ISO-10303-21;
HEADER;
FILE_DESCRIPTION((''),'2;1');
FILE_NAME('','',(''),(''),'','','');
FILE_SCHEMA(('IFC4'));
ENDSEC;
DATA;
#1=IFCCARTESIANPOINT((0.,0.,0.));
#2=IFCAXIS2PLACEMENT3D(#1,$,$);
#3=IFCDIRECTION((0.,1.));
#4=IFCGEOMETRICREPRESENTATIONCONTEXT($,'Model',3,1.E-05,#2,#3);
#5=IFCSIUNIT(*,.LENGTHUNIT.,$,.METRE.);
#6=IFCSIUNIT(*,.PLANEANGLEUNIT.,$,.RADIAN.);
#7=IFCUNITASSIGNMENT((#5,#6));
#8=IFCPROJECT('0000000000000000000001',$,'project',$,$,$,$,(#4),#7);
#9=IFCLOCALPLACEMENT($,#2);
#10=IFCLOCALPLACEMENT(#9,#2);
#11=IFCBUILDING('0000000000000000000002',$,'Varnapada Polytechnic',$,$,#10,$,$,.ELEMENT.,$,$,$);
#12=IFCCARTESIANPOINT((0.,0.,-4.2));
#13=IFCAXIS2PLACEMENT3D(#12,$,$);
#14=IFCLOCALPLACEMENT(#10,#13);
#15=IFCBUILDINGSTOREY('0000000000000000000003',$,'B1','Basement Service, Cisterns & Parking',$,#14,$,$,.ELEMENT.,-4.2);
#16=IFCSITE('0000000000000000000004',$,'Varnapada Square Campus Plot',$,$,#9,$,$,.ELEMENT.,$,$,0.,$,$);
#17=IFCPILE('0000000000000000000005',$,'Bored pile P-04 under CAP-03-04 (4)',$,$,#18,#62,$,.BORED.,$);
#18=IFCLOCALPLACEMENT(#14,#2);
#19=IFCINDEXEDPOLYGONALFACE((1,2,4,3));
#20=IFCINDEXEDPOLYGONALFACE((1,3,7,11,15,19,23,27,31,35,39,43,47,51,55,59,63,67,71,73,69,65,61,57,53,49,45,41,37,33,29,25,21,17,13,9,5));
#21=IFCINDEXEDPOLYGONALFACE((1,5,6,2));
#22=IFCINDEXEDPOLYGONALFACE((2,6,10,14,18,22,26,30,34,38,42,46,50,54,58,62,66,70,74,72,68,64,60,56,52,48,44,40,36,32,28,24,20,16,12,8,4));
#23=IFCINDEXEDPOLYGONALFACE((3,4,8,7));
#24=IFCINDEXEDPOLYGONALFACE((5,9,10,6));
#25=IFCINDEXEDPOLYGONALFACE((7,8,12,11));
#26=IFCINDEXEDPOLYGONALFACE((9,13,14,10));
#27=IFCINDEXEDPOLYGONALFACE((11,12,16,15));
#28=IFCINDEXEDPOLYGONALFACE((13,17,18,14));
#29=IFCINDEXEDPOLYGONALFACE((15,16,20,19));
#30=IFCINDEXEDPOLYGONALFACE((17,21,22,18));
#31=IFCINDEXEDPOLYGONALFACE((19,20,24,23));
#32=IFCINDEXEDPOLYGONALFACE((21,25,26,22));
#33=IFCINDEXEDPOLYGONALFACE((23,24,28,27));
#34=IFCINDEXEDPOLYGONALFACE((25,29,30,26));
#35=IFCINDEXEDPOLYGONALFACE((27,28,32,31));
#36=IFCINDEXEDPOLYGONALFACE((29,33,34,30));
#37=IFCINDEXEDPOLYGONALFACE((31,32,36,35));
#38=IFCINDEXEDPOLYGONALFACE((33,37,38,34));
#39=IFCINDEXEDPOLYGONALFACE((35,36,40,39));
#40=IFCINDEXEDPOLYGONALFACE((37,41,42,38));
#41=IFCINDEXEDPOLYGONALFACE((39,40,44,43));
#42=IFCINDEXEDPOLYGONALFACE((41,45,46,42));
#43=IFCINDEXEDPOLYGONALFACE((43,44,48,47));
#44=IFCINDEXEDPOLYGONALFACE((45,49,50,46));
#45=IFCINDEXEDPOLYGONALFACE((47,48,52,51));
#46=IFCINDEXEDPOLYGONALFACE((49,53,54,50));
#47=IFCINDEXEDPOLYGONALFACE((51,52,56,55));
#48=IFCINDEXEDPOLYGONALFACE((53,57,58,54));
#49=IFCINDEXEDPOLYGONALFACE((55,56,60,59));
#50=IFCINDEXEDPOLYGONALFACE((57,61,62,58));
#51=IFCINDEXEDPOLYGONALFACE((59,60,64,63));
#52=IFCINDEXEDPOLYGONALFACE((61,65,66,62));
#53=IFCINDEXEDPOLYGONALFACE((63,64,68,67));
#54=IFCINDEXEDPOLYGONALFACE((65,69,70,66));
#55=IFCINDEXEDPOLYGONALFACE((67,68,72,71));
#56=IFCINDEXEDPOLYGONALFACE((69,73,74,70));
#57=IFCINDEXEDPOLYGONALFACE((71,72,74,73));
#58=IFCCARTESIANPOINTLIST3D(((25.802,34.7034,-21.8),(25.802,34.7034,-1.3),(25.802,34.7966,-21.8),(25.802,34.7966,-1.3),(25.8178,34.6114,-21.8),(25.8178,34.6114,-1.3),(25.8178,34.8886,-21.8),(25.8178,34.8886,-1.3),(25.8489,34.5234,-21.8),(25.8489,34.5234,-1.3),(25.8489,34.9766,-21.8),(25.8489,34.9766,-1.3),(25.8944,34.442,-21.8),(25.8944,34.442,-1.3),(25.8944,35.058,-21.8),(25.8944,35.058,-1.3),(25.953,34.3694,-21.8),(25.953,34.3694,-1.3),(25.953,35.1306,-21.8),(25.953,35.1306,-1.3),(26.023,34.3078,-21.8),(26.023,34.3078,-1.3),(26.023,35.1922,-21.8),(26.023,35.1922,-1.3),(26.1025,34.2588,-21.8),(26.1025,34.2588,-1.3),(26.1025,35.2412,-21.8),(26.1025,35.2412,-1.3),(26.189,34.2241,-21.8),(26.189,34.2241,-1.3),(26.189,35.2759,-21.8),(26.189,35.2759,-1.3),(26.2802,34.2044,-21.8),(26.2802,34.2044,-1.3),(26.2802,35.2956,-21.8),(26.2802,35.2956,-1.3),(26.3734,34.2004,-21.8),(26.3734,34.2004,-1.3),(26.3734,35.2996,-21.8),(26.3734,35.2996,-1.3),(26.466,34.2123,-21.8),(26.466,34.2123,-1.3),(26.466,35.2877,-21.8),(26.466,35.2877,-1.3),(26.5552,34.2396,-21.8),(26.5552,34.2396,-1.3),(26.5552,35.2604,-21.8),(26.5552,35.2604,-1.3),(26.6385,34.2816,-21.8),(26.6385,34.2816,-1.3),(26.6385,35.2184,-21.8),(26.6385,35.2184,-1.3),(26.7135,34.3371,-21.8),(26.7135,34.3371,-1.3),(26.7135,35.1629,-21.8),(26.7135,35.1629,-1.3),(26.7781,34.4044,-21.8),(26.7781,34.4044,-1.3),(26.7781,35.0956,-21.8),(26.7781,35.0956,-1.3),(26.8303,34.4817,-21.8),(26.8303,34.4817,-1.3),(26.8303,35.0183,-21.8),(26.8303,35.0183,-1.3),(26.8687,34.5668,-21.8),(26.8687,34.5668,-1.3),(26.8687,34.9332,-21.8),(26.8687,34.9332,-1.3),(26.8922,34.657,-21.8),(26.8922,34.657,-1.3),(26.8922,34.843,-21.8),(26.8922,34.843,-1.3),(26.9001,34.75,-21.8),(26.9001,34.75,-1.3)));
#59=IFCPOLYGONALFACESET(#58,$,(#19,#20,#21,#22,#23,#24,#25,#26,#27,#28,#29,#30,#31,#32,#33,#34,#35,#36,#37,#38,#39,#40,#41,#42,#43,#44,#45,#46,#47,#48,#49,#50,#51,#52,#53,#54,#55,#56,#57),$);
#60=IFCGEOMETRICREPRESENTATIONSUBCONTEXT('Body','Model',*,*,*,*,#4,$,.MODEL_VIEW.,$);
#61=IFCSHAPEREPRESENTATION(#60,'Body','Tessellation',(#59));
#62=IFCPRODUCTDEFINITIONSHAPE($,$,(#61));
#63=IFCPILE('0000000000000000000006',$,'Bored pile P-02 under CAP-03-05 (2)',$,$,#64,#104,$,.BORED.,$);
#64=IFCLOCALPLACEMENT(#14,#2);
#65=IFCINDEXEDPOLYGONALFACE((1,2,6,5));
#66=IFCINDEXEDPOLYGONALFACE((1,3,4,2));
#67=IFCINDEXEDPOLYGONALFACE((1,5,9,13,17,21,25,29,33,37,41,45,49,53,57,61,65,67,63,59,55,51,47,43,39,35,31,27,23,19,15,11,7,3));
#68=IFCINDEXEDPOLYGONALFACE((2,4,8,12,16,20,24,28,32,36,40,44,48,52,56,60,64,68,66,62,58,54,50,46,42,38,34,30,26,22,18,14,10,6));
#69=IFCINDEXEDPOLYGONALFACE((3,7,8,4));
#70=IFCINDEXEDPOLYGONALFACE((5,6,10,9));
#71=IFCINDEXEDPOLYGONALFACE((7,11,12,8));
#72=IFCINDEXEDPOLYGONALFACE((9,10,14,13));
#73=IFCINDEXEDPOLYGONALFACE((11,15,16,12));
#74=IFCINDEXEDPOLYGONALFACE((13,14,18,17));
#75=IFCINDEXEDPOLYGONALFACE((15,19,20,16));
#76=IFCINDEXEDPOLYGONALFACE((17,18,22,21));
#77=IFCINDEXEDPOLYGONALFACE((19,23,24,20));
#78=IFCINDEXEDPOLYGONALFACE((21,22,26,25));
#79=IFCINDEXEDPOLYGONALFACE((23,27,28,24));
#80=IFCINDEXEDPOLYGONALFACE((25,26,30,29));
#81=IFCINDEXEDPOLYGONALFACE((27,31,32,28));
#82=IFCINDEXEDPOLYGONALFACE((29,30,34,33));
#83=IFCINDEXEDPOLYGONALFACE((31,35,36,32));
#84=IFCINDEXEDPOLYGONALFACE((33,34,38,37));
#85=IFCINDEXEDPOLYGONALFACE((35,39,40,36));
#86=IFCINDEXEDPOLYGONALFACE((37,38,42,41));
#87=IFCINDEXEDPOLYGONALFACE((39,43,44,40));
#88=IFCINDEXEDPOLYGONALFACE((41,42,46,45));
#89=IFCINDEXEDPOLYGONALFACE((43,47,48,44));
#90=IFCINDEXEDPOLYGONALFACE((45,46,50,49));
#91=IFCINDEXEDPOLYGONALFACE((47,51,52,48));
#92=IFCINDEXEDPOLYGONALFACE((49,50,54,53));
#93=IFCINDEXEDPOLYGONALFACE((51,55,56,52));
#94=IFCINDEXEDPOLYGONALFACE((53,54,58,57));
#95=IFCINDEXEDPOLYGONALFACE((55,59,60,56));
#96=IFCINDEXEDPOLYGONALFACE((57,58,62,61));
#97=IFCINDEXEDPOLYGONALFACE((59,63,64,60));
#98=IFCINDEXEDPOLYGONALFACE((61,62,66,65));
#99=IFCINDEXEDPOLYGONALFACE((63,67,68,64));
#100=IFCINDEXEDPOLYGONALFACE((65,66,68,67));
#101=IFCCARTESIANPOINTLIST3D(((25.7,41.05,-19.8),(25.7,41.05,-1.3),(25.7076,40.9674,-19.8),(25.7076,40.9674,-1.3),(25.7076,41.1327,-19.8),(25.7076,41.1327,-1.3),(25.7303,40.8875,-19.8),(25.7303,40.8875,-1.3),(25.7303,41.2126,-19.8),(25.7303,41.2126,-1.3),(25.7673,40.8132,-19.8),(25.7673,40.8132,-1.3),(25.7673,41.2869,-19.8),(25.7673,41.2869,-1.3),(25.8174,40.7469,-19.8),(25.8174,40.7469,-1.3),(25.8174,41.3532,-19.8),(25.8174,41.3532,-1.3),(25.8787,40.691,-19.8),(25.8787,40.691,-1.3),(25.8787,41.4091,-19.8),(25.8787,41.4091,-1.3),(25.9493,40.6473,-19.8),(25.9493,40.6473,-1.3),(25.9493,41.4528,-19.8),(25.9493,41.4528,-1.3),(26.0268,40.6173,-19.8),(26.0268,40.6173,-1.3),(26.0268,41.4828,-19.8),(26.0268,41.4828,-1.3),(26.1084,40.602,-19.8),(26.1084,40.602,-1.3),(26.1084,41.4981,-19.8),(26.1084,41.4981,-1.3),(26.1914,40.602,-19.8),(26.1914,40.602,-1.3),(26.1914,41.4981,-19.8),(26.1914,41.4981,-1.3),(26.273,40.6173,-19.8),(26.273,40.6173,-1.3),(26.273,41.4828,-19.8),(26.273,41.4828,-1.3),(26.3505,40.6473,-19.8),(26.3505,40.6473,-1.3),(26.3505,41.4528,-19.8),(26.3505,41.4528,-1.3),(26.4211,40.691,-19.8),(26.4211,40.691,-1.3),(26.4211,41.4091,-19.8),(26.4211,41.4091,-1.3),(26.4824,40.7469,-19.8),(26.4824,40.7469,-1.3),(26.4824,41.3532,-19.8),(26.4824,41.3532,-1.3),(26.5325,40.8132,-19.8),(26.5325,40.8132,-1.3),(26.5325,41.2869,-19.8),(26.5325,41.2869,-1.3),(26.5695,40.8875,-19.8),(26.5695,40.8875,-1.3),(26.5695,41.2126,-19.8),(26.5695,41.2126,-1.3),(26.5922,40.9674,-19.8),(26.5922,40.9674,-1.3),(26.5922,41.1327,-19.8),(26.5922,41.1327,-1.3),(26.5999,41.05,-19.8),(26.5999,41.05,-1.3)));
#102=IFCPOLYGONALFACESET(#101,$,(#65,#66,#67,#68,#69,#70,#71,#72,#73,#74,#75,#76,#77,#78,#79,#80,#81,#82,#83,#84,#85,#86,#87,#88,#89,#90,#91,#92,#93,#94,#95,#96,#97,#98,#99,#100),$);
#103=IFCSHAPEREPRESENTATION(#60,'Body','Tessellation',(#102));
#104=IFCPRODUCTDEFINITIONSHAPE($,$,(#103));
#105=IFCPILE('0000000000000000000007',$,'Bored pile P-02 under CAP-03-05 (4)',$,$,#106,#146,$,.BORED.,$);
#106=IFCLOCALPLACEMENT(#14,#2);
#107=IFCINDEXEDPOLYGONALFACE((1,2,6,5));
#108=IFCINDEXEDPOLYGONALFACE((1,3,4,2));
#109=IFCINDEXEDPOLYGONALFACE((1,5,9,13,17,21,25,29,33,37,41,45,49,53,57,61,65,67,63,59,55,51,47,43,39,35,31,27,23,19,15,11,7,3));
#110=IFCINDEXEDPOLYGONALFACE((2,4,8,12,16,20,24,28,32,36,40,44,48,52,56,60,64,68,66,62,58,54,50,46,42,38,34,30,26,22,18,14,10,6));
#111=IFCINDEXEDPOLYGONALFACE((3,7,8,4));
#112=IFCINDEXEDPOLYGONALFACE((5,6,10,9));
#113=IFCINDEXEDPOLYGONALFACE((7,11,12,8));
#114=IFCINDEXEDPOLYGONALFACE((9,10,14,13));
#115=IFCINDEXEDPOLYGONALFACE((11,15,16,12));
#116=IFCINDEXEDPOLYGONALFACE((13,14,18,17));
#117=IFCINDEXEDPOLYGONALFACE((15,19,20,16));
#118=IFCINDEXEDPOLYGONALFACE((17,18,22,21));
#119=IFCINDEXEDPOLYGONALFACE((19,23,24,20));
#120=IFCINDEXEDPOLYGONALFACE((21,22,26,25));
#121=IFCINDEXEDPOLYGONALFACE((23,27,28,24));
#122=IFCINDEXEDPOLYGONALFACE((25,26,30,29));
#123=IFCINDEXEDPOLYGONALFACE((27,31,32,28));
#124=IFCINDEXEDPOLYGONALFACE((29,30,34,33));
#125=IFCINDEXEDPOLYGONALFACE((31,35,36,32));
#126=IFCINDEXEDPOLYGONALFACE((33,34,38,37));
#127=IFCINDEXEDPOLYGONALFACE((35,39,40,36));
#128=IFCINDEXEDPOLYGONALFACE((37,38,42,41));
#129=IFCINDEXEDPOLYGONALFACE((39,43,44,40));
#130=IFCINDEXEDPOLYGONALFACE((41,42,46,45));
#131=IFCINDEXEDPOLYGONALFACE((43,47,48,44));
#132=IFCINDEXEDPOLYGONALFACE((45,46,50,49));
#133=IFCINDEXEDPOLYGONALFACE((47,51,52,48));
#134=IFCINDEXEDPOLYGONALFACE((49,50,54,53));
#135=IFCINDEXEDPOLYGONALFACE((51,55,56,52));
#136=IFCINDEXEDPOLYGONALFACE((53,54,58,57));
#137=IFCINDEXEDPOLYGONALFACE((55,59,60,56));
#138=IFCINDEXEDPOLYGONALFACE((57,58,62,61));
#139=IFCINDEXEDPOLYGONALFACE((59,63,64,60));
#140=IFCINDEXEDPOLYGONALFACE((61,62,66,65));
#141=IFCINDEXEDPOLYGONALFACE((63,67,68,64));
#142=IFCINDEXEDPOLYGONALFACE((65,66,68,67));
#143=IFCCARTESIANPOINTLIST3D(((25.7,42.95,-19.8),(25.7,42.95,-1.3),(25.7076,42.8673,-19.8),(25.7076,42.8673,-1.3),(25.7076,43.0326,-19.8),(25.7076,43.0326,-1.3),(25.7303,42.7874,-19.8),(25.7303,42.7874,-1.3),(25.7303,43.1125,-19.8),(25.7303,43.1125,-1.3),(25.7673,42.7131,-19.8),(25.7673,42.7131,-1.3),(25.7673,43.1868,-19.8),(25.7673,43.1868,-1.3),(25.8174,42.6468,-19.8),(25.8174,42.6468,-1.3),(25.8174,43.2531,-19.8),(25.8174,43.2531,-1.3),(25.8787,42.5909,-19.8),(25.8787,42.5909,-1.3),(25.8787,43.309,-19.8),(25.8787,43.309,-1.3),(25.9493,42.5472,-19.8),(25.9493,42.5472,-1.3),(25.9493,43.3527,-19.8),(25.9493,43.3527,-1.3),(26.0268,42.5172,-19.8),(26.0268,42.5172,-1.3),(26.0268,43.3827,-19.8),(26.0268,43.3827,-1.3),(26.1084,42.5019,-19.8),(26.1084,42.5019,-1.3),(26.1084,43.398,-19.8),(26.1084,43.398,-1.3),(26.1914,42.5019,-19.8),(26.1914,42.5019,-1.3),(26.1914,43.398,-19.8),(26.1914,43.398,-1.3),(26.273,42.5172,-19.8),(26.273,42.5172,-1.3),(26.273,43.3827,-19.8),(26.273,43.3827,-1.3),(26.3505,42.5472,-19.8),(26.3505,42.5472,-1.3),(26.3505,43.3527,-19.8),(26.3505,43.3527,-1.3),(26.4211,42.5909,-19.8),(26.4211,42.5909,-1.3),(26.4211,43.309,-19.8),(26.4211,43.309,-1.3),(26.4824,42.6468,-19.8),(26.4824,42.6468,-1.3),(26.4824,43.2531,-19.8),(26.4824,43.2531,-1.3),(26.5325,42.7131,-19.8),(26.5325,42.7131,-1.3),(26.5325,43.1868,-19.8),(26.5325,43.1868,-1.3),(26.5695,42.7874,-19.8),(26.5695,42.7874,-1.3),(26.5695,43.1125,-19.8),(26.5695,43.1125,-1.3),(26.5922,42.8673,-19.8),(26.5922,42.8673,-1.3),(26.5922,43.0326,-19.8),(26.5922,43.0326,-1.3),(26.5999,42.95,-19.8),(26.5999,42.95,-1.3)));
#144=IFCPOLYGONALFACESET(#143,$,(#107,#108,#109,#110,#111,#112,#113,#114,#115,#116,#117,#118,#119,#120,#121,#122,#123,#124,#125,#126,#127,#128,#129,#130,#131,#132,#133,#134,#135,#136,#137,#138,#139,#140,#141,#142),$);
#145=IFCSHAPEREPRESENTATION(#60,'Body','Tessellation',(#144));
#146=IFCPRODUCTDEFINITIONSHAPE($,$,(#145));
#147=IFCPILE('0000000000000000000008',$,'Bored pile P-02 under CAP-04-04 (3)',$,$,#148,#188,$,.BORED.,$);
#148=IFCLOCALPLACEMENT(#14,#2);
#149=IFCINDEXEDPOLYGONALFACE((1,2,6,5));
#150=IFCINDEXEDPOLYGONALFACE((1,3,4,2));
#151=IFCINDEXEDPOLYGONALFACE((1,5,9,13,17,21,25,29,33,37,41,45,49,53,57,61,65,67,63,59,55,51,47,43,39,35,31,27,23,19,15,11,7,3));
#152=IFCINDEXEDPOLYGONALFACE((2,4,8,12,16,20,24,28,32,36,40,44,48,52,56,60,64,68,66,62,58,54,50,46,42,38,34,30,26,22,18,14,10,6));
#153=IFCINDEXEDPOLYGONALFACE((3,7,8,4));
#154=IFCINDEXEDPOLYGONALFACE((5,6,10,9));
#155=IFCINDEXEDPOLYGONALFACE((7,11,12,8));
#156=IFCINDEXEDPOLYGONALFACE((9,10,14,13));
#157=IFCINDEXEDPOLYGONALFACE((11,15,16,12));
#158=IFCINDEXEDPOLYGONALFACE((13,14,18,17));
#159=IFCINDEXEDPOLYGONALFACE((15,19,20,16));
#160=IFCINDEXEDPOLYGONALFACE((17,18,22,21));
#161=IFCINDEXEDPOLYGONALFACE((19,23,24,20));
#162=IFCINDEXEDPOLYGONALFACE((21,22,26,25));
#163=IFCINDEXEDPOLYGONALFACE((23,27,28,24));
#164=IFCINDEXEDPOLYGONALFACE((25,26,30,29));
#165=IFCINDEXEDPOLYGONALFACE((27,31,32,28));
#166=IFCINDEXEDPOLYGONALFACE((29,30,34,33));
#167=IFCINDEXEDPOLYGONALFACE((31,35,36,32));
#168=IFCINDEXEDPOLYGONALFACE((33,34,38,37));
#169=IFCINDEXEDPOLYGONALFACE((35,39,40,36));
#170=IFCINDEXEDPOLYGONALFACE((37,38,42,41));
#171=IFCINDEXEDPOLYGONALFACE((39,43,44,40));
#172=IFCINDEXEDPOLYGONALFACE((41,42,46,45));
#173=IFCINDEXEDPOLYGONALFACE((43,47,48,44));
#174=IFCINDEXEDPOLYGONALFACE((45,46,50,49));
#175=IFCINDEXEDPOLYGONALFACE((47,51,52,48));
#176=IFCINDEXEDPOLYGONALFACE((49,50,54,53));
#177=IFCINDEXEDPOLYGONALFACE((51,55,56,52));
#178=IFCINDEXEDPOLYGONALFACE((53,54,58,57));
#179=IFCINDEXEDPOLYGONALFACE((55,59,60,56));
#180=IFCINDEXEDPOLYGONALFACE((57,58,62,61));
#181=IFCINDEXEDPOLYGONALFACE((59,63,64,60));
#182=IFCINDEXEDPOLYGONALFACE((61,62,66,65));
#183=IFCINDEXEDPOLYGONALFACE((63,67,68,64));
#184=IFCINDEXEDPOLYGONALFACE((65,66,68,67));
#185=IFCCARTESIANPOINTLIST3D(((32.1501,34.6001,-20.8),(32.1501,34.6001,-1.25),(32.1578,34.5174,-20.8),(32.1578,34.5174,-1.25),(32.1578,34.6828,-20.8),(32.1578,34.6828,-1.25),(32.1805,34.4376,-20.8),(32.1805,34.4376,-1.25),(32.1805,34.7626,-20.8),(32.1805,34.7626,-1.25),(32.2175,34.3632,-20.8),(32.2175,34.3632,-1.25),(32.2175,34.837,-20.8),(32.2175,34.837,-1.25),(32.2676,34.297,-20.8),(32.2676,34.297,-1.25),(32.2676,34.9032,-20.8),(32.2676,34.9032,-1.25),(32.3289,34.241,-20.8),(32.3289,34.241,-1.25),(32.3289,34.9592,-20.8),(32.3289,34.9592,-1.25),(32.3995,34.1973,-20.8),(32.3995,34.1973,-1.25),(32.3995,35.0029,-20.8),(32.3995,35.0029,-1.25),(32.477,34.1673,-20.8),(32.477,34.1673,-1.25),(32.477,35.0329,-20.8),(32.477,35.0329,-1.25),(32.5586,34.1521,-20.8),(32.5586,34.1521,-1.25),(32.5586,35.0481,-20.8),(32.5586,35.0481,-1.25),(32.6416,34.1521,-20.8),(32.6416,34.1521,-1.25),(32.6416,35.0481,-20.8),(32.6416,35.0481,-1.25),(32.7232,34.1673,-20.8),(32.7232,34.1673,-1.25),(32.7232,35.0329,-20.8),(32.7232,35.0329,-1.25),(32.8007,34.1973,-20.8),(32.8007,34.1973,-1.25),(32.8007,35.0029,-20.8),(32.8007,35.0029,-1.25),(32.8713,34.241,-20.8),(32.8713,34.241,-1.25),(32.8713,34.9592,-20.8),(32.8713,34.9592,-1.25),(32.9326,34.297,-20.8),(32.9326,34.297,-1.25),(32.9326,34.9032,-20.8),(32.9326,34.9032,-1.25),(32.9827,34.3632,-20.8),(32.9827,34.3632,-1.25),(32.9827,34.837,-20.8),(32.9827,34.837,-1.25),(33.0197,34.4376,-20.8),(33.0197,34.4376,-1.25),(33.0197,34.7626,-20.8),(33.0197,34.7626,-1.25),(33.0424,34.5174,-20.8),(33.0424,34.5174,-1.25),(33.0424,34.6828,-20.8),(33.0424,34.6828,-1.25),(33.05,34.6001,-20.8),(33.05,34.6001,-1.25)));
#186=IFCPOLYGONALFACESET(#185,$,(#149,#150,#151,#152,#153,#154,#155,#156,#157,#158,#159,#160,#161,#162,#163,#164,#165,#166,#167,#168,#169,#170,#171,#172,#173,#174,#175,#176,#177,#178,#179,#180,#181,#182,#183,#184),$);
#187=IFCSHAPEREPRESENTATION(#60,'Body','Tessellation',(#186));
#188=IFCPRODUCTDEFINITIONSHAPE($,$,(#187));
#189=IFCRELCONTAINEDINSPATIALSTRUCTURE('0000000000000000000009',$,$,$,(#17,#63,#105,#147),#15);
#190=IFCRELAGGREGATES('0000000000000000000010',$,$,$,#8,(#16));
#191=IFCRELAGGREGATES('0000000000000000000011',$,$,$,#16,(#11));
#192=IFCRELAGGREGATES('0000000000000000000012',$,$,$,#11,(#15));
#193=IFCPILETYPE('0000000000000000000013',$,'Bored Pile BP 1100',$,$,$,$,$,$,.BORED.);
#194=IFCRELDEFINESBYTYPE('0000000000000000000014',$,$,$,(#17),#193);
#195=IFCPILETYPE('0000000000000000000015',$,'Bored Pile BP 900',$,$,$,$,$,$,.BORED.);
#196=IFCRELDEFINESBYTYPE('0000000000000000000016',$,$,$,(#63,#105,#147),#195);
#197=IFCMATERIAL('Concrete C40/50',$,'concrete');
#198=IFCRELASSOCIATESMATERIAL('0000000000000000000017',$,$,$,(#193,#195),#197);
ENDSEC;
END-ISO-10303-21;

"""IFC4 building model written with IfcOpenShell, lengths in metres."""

from ifc_helpers import new_model, si_unit, direction, frame, origin, origin_2d, place, context, subcontext, project, spatial, circle, extrude, material, material_profile, profile_set, type_object, element, save


model = new_model("IFC4")

# Units and contexts
model_context = context("Model", 3, precision=1e-05, world=origin(), true_north=direction((0.0, 1.0)))
body_context = subcontext(model_context, "Body", "Model", "MODEL_VIEW")
ifc_project = project(units=[si_unit("LENGTHUNIT", "METRE"), si_unit("PLANEANGLEUNIT", "RADIAN")], contexts=[model_context])

# Site, building, storey
site_placement = place(None, origin())
site = spatial("IfcSite", under=ifc_project, at=site_placement, Name="Varnapada Square Campus Plot", CompositionType="ELEMENT", RefElevation=0.0)
building_placement = place(site_placement, origin())
building = spatial("IfcBuilding", under=site, at=building_placement, Name="Varnapada Polytechnic", CompositionType="ELEMENT")
storey_placement = place(building_placement, frame((0.0, 0.0, -4.2)))
storey = spatial("IfcBuildingStorey", under=building, at=storey_placement, Name="B1", Description="Basement Service, Cisterns & Parking", CompositionType="ELEMENT", Elevation=-4.2)

# Piles
ifc_material_1 = material(Name="Concrete C40/50", Category="concrete")
ifc_material_profile_1 = material_profile(ifc_material_1, circle(Radius=0.55, at=origin_2d()), Name="BP 1100")
ifc_profile_set_1 = profile_set([ifc_material_profile_1], Name="Concrete C40/50")
pile_type_1 = type_object("IfcPileType", Name="Bored Pile BP 1100", PredefinedType="BORED", material=ifc_profile_set_1)
pile_1_placement = place(storey_placement, frame((26.3501, 34.75, -1.3), z_axis=(0.0, 0.0, -1.0), x_axis=(1.0, 0.0, 0.0)))
element("IfcPile", 1, at=pile_1_placement, inside=storey, type_object=pile_type_1, Name="Bored pile P-04 under CAP-03-04 (4)", PredefinedType="BORED", context=body_context, shape_type="SweptSolid", body=[
    extrude(circle(Radius=0.55, at=origin_2d()), origin(), (0.0, 0.0, 1.0), 20.5),
])
ifc_material_profile_2 = material_profile(ifc_material_1, circle(Radius=0.45, at=origin_2d()), Name="BP 900")
ifc_profile_set_2 = profile_set([ifc_material_profile_2], Name="Concrete C40/50")
pile_type_2 = type_object("IfcPileType", Name="Bored Pile BP 900", PredefinedType="BORED", material=ifc_profile_set_2)
for number, where, z_axis, x_axis, name in (
    (2, (26.1499, 41.05, -1.3), (0.0, 0.0, -1.0), (1.0, 0.0, 0.0), "Bored pile P-02 under CAP-03-05 (2)"),
    (3, (26.1499, 42.95, -1.3), (0.0, 0.0, -1.0), (1.0, 0.0, 0.0), "Bored pile P-02 under CAP-03-05 (4)"),
):
    element("IfcPile", number, at=place(storey_placement, frame(where, z_axis=z_axis, x_axis=x_axis)), inside=storey, type_object=pile_type_2, Name=name, PredefinedType="BORED", context=body_context, shape_type="SweptSolid", body=[
        extrude(circle(Radius=0.45, at=origin_2d()), origin(), (0.0, 0.0, 1.0), 18.5),
    ])
pile_2_placement = place(storey_placement, frame((32.6001, 34.6001, -1.25), z_axis=(0.0, 0.0, -1.0), x_axis=(1.0, 0.0, 0.0)))
element("IfcPile", 4, at=pile_2_placement, inside=storey, type_object=pile_type_2, Name="Bored pile P-02 under CAP-04-04 (3)", PredefinedType="BORED", context=body_context, shape_type="SweptSolid", body=[
    extrude(circle(Radius=0.45, at=origin_2d()), origin(), (0.0, 0.0, 1.0), 19.55),
])

save(model, "model.ifc")
